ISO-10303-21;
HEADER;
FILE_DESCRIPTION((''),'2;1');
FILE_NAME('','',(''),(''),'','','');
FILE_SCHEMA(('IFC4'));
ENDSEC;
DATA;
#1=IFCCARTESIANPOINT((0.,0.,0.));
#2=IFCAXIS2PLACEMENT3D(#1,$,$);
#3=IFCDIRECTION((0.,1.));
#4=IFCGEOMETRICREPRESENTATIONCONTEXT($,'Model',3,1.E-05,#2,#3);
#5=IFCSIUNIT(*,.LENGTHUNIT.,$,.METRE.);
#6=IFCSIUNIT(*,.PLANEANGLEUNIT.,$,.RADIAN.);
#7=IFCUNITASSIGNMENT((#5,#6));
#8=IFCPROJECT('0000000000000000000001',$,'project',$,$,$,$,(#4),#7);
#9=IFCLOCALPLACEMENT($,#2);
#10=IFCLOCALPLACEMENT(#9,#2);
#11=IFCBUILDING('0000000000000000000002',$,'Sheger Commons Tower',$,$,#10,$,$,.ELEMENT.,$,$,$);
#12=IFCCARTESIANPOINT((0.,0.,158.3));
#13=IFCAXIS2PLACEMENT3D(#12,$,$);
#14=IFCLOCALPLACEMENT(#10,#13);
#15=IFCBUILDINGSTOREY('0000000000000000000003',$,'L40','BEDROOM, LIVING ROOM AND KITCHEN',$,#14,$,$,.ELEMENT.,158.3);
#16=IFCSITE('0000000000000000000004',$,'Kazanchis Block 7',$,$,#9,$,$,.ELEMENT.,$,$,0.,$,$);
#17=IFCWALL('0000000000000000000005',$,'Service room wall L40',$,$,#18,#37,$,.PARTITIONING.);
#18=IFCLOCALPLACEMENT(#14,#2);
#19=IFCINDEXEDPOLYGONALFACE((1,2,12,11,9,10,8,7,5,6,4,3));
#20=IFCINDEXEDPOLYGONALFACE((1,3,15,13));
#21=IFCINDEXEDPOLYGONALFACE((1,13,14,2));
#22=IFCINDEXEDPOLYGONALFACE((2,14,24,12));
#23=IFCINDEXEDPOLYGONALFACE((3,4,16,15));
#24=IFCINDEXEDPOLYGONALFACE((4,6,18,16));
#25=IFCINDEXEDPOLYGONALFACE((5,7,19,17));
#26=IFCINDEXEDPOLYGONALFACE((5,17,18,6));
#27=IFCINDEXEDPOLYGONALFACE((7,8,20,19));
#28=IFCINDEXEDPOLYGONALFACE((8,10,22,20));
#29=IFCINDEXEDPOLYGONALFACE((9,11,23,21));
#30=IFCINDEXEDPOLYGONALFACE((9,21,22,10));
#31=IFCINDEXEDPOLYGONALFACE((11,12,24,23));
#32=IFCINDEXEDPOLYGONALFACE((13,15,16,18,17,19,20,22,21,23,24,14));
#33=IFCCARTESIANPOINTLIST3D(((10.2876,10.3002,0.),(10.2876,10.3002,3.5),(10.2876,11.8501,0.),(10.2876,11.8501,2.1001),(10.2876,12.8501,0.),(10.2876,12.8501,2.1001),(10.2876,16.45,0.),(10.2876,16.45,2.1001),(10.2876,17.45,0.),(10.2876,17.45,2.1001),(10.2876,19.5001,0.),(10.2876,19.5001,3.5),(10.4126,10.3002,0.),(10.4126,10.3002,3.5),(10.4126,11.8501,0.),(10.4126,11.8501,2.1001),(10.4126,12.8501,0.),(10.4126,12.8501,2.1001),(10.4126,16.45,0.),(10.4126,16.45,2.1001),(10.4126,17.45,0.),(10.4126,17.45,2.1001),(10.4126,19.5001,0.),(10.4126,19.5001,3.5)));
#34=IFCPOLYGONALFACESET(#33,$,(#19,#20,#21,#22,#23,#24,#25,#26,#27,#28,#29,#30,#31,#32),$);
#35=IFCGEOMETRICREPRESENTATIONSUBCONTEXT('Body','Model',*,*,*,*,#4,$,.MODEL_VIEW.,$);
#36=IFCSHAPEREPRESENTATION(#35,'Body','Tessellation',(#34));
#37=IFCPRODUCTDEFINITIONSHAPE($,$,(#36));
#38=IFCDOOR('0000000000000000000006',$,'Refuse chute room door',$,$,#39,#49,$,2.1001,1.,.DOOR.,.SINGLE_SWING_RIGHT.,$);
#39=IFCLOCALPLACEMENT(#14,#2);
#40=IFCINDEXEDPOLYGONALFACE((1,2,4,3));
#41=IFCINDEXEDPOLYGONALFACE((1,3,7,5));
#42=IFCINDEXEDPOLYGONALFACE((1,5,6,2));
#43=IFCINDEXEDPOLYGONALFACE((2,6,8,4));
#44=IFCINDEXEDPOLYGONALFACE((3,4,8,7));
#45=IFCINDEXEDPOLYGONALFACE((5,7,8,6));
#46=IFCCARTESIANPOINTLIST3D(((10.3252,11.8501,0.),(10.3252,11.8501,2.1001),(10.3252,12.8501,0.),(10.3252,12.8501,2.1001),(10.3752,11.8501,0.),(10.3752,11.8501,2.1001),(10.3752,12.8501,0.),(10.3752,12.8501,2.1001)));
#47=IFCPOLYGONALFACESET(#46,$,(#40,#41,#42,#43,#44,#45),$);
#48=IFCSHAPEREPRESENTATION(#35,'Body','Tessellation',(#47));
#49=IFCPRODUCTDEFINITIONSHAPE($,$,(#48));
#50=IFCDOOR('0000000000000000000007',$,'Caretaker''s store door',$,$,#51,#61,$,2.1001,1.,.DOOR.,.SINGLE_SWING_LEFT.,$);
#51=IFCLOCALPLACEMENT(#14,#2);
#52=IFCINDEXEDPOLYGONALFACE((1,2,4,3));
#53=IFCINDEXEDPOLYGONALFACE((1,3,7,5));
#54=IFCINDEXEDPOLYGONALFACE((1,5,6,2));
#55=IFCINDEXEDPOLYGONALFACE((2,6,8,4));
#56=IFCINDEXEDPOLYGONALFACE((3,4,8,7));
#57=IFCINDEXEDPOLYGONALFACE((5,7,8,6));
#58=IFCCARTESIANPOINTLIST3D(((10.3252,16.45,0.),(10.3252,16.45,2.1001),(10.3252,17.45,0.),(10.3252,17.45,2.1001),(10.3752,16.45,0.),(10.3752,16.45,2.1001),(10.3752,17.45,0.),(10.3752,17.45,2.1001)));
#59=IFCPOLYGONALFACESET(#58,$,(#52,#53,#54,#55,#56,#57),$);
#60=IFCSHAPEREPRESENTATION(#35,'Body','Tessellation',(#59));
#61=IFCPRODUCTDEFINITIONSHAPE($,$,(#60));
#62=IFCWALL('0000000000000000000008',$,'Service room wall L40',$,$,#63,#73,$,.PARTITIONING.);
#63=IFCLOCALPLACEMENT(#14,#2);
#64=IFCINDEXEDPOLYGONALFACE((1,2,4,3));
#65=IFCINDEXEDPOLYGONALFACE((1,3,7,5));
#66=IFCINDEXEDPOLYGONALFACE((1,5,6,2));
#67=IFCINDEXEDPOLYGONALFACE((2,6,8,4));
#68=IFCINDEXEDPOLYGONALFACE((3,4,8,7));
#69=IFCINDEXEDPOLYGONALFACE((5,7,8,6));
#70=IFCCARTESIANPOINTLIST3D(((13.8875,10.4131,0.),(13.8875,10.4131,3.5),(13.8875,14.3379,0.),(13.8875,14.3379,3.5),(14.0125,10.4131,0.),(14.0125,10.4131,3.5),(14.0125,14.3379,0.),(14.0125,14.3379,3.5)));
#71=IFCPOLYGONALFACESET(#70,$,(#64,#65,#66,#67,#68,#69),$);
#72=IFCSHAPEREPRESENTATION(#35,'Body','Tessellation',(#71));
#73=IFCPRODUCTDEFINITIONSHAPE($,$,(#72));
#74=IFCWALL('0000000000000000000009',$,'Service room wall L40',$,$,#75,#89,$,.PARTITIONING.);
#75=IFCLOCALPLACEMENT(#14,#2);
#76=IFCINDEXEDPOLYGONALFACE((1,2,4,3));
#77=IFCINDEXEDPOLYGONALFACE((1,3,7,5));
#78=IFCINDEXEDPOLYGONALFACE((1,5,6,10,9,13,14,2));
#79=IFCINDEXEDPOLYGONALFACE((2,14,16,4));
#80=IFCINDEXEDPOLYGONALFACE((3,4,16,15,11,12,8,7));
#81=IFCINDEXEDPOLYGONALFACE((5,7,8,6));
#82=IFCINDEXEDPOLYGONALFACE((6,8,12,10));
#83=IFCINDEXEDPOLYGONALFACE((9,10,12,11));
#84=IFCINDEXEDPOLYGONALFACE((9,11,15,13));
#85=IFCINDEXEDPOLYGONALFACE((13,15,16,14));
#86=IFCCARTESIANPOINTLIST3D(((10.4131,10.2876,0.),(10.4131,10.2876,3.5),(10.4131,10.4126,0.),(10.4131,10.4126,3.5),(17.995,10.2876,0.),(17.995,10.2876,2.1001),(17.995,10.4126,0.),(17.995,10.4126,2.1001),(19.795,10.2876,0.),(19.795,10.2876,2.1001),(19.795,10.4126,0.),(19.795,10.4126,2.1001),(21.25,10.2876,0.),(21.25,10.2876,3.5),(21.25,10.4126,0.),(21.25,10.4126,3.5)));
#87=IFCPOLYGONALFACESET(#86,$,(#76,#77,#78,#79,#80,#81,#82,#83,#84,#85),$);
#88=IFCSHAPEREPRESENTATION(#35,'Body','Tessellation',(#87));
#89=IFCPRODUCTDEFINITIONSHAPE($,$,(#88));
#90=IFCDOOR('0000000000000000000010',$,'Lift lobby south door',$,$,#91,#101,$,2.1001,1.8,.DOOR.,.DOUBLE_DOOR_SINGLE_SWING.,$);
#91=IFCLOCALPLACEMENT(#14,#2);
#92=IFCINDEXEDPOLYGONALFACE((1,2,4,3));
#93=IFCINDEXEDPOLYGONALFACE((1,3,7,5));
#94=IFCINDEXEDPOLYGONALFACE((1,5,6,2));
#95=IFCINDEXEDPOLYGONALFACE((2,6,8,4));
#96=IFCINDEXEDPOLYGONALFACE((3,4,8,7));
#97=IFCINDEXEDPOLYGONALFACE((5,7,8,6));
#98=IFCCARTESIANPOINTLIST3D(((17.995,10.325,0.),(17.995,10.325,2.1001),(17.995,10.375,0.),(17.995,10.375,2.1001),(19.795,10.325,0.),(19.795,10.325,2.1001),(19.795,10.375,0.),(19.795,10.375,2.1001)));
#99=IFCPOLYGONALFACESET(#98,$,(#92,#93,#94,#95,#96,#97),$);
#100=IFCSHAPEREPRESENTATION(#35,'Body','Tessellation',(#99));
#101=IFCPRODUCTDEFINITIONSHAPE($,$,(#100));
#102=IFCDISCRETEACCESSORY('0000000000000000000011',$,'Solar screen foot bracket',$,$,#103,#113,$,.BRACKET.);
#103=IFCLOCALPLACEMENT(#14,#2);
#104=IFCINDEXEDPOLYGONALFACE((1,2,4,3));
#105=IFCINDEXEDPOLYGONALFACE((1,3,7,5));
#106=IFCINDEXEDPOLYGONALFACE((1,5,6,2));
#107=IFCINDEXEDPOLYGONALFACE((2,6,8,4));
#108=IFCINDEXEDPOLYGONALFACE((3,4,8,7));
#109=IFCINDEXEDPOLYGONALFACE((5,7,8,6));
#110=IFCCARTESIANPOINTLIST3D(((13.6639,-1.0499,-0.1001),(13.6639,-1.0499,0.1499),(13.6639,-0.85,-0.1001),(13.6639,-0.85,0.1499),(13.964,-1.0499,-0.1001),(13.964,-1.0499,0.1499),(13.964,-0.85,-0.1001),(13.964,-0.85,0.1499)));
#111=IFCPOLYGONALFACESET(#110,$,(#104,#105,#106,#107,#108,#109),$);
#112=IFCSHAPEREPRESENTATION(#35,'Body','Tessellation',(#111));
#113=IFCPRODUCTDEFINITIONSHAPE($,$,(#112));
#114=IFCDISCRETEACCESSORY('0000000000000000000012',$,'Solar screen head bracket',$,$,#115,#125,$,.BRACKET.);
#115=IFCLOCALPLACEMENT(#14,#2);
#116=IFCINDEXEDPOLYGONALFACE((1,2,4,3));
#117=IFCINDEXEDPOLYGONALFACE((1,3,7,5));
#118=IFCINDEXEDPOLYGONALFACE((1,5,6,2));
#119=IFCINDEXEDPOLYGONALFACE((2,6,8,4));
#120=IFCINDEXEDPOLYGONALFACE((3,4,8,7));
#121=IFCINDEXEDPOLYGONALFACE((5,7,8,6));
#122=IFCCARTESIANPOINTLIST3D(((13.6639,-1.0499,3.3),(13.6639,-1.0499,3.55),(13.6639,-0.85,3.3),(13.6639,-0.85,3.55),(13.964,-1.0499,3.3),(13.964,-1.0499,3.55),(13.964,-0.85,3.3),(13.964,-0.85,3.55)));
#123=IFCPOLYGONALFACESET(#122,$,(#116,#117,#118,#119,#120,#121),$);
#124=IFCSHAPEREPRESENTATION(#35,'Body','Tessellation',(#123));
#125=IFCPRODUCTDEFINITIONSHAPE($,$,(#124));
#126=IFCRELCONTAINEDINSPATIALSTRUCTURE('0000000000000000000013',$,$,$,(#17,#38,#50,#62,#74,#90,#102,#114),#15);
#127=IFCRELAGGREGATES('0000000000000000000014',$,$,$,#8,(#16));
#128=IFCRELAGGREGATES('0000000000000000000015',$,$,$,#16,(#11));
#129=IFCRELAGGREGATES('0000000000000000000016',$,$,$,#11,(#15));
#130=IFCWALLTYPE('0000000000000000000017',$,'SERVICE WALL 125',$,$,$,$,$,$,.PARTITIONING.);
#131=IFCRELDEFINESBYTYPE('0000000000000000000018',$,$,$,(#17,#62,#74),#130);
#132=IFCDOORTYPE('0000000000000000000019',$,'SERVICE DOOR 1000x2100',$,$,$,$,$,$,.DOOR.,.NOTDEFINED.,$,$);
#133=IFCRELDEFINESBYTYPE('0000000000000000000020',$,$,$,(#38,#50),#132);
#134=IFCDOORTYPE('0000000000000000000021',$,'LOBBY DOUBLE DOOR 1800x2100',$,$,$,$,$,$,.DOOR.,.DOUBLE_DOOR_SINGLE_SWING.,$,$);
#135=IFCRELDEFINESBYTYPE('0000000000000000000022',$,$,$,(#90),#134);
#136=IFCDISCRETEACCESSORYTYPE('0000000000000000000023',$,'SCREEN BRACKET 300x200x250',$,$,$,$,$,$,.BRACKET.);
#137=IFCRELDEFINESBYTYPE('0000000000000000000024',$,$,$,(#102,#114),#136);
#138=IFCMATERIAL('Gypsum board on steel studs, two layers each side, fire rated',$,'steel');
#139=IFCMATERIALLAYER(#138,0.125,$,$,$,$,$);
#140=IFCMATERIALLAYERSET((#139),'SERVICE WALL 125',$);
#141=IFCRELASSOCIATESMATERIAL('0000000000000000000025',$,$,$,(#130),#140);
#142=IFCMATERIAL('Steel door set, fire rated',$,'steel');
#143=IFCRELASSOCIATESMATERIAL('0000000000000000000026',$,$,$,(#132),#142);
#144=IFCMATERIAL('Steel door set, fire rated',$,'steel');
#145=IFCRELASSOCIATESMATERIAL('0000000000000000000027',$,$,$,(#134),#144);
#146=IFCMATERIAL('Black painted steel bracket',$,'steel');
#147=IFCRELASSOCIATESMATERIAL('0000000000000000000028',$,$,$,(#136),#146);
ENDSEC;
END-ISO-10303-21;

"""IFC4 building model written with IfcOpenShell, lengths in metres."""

from ifc_helpers import new_model, si_unit, direction, frame, frame_2d, origin, origin_2d, place, context, subcontext, project, spatial, rectangle, extrude, material, layer, layer_set, type_object, element, fill, save


model = new_model("IFC4")

# Units and contexts
model_context = context("Model", 3, precision=1e-05, world=origin(), true_north=direction((0.0, 1.0)))
body_context = subcontext(model_context, "Body", "Model", "MODEL_VIEW")
ifc_project = project(units=[si_unit("LENGTHUNIT", "METRE"), si_unit("PLANEANGLEUNIT", "RADIAN")], contexts=[model_context])

# Site, building, storey
site_placement = place(None, origin())
site = spatial("IfcSite", under=ifc_project, at=site_placement, Name="Kazanchis Block 7", CompositionType="ELEMENT", RefElevation=0.0)
building_placement = place(site_placement, origin())
building = spatial("IfcBuilding", under=site, at=building_placement, Name="Sheger Commons Tower", CompositionType="ELEMENT")
storey_placement = place(building_placement, frame((0.0, 0.0, 158.3)))
storey = spatial("IfcBuildingStorey", under=building, at=storey_placement, Name="L40", Description="BEDROOM, LIVING ROOM AND KITCHEN", CompositionType="ELEMENT", Elevation=158.3)

# Wall, openings, doors
ifc_material_1 = material(Name="Gypsum board on steel studs, two layers each side, fire rated", Category="steel")
ifc_layer_1 = layer(ifc_material_1, 0.125)
ifc_layer_set_1 = layer_set([ifc_layer_1], Name="SERVICE WALL 125")
wall_type_1 = type_object("IfcWallType", Name="SERVICE WALL 125", PredefinedType="PARTITIONING", material=ifc_layer_set_1)
wall_1_placement = place(storey_placement, frame((10.3501, 10.3, 0.0), z_axis=(0.0, 0.0, 1.0), x_axis=(0.0, 1.0, 0.0)))
wall_1 = element("IfcWall", 1, at=wall_1_placement, inside=storey, type_object=wall_type_1, Name="Service room wall L40", PredefinedType="PARTITIONING", context=body_context, shape_type="SweptSolid", body=[
    extrude(rectangle(XDim=9.2, YDim=0.125, at=frame_2d((4.6001, 0.0))), origin(), (0.0, 0.0, 1.0), 3.5),
])
opening_1_placement = place(wall_1_placement, frame((1.55, 0.0, 0.0)))
opening_1 = element("IfcOpeningElement", 2, at=opening_1_placement, cuts=wall_1, PredefinedType="OPENING", context=body_context, shape_type="SweptSolid", body=[
    extrude(rectangle(XDim=1.0, YDim=2.1001, at=frame_2d((0.5, 1.05))), frame((0.0, 0.0725, 0.0), z_axis=(0.0, -1.0, 0.0), x_axis=(1.0, 0.0, 0.0)), (0.0, 0.0, 1.0), 0.145),
])
opening_2_placement = place(wall_1_placement, frame((6.1499, 0.0, 0.0)))
opening_2 = element("IfcOpeningElement", 3, at=opening_2_placement, cuts=wall_1, PredefinedType="OPENING", context=body_context, shape_type="SweptSolid", body=[
    extrude(rectangle(XDim=1.0, YDim=2.1001, at=frame_2d((0.5, 1.05))), frame((0.0, 0.0725, 0.0), z_axis=(0.0, -1.0, 0.0), x_axis=(1.0, 0.0, 0.0)), (0.0, 0.0, 1.0), 0.145),
])
ifc_material_2 = material(Name="Steel door set, fire rated", Category="steel")
door_type_1 = type_object("IfcDoorType", Name="SERVICE DOOR 1000x2100", OperationType="NOTDEFINED", PredefinedType="DOOR", material=ifc_material_2)
door_1_placement = place(opening_1_placement, origin())
door_1 = element("IfcDoor", 4, at=door_1_placement, inside=storey, type_object=door_type_1, Name="Refuse chute room door", OperationType="SINGLE_SWING_RIGHT", OverallHeight=2.1001, OverallWidth=1.0, PredefinedType="DOOR", context=body_context, shape_type="SweptSolid", body=[
    extrude(rectangle(XDim=1.0, YDim=2.1001, at=frame_2d((0.5, 1.05))), frame((0.0, 0.0249, 0.0), z_axis=(0.0, -1.0, 0.0), x_axis=(1.0, 0.0, 0.0)), (0.0, 0.0, 1.0), 0.05),
])
fill(opening_1, door_1)
door_2_placement = place(opening_2_placement, origin())
door_2 = element("IfcDoor", 5, at=door_2_placement, inside=storey, type_object=door_type_1, Name="Caretaker's store door", OperationType="SINGLE_SWING_LEFT", OverallHeight=2.1001, OverallWidth=1.0, PredefinedType="DOOR", context=body_context, shape_type="SweptSolid", body=[
    extrude(rectangle(XDim=1.0, YDim=2.1001, at=frame_2d((0.5, 1.05))), frame((0.0, 0.0249, 0.0), z_axis=(0.0, -1.0, 0.0), x_axis=(1.0, 0.0, 0.0)), (0.0, 0.0, 1.0), 0.05),
])
fill(opening_2, door_2)

# Wall
wall_2_placement = place(storey_placement, frame((13.95, 10.4131, 0.0), z_axis=(0.0, 0.0, 1.0), x_axis=(0.0, 1.0, 0.0)))
element("IfcWall", 6, at=wall_2_placement, inside=storey, type_object=wall_type_1, Name="Service room wall L40", PredefinedType="PARTITIONING", context=body_context, shape_type="SweptSolid", body=[
    extrude(rectangle(XDim=3.9248, YDim=0.125, at=frame_2d((1.9624, 0.0))), origin(), (0.0, 0.0, 1.0), 3.5),
])

# Wall, opening, door
wall_3_placement = place(storey_placement, frame((10.4131, 10.3501, 0.0), z_axis=(0.0, 0.0, 1.0), x_axis=(1.0, 0.0, 0.0)))
wall_3 = element("IfcWall", 7, at=wall_3_placement, inside=storey, type_object=wall_type_1, Name="Service room wall L40", PredefinedType="PARTITIONING", context=body_context, shape_type="SweptSolid", body=[
    extrude(rectangle(XDim=10.8369, YDim=0.125, at=frame_2d((5.4185, 0.0))), origin(), (0.0, 0.0, 1.0), 3.5),
])
opening_3_placement = place(wall_3_placement, frame((7.582, 0.0, 0.0)))
opening_3 = element("IfcOpeningElement", 8, at=opening_3_placement, cuts=wall_3, PredefinedType="OPENING", context=body_context, shape_type="SweptSolid", body=[
    extrude(rectangle(XDim=1.8, YDim=2.1001, at=frame_2d((0.8999, 1.05))), frame((0.0, 0.0725, 0.0), z_axis=(0.0, -1.0, 0.0), x_axis=(1.0, 0.0, 0.0)), (0.0, 0.0, 1.0), 0.145),
])
ifc_material_3 = material(Name="Steel door set, fire rated", Category="steel")
door_type_2 = type_object("IfcDoorType", Name="LOBBY DOUBLE DOOR 1800x2100", OperationType="DOUBLE_DOOR_SINGLE_SWING", PredefinedType="DOOR", material=ifc_material_3)
door_3_placement = place(opening_3_placement, origin())
door_3 = element("IfcDoor", 9, at=door_3_placement, inside=storey, type_object=door_type_2, Name="Lift lobby south door", OperationType="DOUBLE_DOOR_SINGLE_SWING", OverallHeight=2.1001, OverallWidth=1.8, PredefinedType="DOOR", context=body_context, shape_type="SweptSolid", body=[
    extrude(rectangle(XDim=1.8, YDim=2.1001, at=frame_2d((0.8999, 1.05))), frame((0.0, 0.0249, 0.0), z_axis=(0.0, -1.0, 0.0), x_axis=(1.0, 0.0, 0.0)), (0.0, 0.0, 1.0), 0.05),
])
fill(opening_3, door_3)

# Discrete accessories
ifc_material_4 = material(Name="Black painted steel bracket", Category="steel")
discrete_accessory_type = type_object("IfcDiscreteAccessoryType", Name="SCREEN BRACKET 300x200x250", PredefinedType="BRACKET", material=ifc_material_4)
for number, where, z_axis, x_axis, name in (
    (10, (13.814, -0.95, -0.1001), (0.0, 0.0, 1.0), (1.0, 0.0, 0.0), "Solar screen foot bracket"),
    (11, (13.814, -0.95, 3.3), (0.0, 0.0, 1.0), (1.0, 0.0, 0.0), "Solar screen head bracket"),
):
    element("IfcDiscreteAccessory", number, at=place(storey_placement, frame(where, z_axis=z_axis, x_axis=x_axis)), inside=storey, type_object=discrete_accessory_type, Name=name, PredefinedType="BRACKET", context=body_context, shape_type="SweptSolid", body=[
        extrude(rectangle(XDim=0.3, YDim=0.2, at=origin_2d()), origin(), (0.0, 0.0, 1.0), 0.25),
    ])

save(model, "model.ifc")
